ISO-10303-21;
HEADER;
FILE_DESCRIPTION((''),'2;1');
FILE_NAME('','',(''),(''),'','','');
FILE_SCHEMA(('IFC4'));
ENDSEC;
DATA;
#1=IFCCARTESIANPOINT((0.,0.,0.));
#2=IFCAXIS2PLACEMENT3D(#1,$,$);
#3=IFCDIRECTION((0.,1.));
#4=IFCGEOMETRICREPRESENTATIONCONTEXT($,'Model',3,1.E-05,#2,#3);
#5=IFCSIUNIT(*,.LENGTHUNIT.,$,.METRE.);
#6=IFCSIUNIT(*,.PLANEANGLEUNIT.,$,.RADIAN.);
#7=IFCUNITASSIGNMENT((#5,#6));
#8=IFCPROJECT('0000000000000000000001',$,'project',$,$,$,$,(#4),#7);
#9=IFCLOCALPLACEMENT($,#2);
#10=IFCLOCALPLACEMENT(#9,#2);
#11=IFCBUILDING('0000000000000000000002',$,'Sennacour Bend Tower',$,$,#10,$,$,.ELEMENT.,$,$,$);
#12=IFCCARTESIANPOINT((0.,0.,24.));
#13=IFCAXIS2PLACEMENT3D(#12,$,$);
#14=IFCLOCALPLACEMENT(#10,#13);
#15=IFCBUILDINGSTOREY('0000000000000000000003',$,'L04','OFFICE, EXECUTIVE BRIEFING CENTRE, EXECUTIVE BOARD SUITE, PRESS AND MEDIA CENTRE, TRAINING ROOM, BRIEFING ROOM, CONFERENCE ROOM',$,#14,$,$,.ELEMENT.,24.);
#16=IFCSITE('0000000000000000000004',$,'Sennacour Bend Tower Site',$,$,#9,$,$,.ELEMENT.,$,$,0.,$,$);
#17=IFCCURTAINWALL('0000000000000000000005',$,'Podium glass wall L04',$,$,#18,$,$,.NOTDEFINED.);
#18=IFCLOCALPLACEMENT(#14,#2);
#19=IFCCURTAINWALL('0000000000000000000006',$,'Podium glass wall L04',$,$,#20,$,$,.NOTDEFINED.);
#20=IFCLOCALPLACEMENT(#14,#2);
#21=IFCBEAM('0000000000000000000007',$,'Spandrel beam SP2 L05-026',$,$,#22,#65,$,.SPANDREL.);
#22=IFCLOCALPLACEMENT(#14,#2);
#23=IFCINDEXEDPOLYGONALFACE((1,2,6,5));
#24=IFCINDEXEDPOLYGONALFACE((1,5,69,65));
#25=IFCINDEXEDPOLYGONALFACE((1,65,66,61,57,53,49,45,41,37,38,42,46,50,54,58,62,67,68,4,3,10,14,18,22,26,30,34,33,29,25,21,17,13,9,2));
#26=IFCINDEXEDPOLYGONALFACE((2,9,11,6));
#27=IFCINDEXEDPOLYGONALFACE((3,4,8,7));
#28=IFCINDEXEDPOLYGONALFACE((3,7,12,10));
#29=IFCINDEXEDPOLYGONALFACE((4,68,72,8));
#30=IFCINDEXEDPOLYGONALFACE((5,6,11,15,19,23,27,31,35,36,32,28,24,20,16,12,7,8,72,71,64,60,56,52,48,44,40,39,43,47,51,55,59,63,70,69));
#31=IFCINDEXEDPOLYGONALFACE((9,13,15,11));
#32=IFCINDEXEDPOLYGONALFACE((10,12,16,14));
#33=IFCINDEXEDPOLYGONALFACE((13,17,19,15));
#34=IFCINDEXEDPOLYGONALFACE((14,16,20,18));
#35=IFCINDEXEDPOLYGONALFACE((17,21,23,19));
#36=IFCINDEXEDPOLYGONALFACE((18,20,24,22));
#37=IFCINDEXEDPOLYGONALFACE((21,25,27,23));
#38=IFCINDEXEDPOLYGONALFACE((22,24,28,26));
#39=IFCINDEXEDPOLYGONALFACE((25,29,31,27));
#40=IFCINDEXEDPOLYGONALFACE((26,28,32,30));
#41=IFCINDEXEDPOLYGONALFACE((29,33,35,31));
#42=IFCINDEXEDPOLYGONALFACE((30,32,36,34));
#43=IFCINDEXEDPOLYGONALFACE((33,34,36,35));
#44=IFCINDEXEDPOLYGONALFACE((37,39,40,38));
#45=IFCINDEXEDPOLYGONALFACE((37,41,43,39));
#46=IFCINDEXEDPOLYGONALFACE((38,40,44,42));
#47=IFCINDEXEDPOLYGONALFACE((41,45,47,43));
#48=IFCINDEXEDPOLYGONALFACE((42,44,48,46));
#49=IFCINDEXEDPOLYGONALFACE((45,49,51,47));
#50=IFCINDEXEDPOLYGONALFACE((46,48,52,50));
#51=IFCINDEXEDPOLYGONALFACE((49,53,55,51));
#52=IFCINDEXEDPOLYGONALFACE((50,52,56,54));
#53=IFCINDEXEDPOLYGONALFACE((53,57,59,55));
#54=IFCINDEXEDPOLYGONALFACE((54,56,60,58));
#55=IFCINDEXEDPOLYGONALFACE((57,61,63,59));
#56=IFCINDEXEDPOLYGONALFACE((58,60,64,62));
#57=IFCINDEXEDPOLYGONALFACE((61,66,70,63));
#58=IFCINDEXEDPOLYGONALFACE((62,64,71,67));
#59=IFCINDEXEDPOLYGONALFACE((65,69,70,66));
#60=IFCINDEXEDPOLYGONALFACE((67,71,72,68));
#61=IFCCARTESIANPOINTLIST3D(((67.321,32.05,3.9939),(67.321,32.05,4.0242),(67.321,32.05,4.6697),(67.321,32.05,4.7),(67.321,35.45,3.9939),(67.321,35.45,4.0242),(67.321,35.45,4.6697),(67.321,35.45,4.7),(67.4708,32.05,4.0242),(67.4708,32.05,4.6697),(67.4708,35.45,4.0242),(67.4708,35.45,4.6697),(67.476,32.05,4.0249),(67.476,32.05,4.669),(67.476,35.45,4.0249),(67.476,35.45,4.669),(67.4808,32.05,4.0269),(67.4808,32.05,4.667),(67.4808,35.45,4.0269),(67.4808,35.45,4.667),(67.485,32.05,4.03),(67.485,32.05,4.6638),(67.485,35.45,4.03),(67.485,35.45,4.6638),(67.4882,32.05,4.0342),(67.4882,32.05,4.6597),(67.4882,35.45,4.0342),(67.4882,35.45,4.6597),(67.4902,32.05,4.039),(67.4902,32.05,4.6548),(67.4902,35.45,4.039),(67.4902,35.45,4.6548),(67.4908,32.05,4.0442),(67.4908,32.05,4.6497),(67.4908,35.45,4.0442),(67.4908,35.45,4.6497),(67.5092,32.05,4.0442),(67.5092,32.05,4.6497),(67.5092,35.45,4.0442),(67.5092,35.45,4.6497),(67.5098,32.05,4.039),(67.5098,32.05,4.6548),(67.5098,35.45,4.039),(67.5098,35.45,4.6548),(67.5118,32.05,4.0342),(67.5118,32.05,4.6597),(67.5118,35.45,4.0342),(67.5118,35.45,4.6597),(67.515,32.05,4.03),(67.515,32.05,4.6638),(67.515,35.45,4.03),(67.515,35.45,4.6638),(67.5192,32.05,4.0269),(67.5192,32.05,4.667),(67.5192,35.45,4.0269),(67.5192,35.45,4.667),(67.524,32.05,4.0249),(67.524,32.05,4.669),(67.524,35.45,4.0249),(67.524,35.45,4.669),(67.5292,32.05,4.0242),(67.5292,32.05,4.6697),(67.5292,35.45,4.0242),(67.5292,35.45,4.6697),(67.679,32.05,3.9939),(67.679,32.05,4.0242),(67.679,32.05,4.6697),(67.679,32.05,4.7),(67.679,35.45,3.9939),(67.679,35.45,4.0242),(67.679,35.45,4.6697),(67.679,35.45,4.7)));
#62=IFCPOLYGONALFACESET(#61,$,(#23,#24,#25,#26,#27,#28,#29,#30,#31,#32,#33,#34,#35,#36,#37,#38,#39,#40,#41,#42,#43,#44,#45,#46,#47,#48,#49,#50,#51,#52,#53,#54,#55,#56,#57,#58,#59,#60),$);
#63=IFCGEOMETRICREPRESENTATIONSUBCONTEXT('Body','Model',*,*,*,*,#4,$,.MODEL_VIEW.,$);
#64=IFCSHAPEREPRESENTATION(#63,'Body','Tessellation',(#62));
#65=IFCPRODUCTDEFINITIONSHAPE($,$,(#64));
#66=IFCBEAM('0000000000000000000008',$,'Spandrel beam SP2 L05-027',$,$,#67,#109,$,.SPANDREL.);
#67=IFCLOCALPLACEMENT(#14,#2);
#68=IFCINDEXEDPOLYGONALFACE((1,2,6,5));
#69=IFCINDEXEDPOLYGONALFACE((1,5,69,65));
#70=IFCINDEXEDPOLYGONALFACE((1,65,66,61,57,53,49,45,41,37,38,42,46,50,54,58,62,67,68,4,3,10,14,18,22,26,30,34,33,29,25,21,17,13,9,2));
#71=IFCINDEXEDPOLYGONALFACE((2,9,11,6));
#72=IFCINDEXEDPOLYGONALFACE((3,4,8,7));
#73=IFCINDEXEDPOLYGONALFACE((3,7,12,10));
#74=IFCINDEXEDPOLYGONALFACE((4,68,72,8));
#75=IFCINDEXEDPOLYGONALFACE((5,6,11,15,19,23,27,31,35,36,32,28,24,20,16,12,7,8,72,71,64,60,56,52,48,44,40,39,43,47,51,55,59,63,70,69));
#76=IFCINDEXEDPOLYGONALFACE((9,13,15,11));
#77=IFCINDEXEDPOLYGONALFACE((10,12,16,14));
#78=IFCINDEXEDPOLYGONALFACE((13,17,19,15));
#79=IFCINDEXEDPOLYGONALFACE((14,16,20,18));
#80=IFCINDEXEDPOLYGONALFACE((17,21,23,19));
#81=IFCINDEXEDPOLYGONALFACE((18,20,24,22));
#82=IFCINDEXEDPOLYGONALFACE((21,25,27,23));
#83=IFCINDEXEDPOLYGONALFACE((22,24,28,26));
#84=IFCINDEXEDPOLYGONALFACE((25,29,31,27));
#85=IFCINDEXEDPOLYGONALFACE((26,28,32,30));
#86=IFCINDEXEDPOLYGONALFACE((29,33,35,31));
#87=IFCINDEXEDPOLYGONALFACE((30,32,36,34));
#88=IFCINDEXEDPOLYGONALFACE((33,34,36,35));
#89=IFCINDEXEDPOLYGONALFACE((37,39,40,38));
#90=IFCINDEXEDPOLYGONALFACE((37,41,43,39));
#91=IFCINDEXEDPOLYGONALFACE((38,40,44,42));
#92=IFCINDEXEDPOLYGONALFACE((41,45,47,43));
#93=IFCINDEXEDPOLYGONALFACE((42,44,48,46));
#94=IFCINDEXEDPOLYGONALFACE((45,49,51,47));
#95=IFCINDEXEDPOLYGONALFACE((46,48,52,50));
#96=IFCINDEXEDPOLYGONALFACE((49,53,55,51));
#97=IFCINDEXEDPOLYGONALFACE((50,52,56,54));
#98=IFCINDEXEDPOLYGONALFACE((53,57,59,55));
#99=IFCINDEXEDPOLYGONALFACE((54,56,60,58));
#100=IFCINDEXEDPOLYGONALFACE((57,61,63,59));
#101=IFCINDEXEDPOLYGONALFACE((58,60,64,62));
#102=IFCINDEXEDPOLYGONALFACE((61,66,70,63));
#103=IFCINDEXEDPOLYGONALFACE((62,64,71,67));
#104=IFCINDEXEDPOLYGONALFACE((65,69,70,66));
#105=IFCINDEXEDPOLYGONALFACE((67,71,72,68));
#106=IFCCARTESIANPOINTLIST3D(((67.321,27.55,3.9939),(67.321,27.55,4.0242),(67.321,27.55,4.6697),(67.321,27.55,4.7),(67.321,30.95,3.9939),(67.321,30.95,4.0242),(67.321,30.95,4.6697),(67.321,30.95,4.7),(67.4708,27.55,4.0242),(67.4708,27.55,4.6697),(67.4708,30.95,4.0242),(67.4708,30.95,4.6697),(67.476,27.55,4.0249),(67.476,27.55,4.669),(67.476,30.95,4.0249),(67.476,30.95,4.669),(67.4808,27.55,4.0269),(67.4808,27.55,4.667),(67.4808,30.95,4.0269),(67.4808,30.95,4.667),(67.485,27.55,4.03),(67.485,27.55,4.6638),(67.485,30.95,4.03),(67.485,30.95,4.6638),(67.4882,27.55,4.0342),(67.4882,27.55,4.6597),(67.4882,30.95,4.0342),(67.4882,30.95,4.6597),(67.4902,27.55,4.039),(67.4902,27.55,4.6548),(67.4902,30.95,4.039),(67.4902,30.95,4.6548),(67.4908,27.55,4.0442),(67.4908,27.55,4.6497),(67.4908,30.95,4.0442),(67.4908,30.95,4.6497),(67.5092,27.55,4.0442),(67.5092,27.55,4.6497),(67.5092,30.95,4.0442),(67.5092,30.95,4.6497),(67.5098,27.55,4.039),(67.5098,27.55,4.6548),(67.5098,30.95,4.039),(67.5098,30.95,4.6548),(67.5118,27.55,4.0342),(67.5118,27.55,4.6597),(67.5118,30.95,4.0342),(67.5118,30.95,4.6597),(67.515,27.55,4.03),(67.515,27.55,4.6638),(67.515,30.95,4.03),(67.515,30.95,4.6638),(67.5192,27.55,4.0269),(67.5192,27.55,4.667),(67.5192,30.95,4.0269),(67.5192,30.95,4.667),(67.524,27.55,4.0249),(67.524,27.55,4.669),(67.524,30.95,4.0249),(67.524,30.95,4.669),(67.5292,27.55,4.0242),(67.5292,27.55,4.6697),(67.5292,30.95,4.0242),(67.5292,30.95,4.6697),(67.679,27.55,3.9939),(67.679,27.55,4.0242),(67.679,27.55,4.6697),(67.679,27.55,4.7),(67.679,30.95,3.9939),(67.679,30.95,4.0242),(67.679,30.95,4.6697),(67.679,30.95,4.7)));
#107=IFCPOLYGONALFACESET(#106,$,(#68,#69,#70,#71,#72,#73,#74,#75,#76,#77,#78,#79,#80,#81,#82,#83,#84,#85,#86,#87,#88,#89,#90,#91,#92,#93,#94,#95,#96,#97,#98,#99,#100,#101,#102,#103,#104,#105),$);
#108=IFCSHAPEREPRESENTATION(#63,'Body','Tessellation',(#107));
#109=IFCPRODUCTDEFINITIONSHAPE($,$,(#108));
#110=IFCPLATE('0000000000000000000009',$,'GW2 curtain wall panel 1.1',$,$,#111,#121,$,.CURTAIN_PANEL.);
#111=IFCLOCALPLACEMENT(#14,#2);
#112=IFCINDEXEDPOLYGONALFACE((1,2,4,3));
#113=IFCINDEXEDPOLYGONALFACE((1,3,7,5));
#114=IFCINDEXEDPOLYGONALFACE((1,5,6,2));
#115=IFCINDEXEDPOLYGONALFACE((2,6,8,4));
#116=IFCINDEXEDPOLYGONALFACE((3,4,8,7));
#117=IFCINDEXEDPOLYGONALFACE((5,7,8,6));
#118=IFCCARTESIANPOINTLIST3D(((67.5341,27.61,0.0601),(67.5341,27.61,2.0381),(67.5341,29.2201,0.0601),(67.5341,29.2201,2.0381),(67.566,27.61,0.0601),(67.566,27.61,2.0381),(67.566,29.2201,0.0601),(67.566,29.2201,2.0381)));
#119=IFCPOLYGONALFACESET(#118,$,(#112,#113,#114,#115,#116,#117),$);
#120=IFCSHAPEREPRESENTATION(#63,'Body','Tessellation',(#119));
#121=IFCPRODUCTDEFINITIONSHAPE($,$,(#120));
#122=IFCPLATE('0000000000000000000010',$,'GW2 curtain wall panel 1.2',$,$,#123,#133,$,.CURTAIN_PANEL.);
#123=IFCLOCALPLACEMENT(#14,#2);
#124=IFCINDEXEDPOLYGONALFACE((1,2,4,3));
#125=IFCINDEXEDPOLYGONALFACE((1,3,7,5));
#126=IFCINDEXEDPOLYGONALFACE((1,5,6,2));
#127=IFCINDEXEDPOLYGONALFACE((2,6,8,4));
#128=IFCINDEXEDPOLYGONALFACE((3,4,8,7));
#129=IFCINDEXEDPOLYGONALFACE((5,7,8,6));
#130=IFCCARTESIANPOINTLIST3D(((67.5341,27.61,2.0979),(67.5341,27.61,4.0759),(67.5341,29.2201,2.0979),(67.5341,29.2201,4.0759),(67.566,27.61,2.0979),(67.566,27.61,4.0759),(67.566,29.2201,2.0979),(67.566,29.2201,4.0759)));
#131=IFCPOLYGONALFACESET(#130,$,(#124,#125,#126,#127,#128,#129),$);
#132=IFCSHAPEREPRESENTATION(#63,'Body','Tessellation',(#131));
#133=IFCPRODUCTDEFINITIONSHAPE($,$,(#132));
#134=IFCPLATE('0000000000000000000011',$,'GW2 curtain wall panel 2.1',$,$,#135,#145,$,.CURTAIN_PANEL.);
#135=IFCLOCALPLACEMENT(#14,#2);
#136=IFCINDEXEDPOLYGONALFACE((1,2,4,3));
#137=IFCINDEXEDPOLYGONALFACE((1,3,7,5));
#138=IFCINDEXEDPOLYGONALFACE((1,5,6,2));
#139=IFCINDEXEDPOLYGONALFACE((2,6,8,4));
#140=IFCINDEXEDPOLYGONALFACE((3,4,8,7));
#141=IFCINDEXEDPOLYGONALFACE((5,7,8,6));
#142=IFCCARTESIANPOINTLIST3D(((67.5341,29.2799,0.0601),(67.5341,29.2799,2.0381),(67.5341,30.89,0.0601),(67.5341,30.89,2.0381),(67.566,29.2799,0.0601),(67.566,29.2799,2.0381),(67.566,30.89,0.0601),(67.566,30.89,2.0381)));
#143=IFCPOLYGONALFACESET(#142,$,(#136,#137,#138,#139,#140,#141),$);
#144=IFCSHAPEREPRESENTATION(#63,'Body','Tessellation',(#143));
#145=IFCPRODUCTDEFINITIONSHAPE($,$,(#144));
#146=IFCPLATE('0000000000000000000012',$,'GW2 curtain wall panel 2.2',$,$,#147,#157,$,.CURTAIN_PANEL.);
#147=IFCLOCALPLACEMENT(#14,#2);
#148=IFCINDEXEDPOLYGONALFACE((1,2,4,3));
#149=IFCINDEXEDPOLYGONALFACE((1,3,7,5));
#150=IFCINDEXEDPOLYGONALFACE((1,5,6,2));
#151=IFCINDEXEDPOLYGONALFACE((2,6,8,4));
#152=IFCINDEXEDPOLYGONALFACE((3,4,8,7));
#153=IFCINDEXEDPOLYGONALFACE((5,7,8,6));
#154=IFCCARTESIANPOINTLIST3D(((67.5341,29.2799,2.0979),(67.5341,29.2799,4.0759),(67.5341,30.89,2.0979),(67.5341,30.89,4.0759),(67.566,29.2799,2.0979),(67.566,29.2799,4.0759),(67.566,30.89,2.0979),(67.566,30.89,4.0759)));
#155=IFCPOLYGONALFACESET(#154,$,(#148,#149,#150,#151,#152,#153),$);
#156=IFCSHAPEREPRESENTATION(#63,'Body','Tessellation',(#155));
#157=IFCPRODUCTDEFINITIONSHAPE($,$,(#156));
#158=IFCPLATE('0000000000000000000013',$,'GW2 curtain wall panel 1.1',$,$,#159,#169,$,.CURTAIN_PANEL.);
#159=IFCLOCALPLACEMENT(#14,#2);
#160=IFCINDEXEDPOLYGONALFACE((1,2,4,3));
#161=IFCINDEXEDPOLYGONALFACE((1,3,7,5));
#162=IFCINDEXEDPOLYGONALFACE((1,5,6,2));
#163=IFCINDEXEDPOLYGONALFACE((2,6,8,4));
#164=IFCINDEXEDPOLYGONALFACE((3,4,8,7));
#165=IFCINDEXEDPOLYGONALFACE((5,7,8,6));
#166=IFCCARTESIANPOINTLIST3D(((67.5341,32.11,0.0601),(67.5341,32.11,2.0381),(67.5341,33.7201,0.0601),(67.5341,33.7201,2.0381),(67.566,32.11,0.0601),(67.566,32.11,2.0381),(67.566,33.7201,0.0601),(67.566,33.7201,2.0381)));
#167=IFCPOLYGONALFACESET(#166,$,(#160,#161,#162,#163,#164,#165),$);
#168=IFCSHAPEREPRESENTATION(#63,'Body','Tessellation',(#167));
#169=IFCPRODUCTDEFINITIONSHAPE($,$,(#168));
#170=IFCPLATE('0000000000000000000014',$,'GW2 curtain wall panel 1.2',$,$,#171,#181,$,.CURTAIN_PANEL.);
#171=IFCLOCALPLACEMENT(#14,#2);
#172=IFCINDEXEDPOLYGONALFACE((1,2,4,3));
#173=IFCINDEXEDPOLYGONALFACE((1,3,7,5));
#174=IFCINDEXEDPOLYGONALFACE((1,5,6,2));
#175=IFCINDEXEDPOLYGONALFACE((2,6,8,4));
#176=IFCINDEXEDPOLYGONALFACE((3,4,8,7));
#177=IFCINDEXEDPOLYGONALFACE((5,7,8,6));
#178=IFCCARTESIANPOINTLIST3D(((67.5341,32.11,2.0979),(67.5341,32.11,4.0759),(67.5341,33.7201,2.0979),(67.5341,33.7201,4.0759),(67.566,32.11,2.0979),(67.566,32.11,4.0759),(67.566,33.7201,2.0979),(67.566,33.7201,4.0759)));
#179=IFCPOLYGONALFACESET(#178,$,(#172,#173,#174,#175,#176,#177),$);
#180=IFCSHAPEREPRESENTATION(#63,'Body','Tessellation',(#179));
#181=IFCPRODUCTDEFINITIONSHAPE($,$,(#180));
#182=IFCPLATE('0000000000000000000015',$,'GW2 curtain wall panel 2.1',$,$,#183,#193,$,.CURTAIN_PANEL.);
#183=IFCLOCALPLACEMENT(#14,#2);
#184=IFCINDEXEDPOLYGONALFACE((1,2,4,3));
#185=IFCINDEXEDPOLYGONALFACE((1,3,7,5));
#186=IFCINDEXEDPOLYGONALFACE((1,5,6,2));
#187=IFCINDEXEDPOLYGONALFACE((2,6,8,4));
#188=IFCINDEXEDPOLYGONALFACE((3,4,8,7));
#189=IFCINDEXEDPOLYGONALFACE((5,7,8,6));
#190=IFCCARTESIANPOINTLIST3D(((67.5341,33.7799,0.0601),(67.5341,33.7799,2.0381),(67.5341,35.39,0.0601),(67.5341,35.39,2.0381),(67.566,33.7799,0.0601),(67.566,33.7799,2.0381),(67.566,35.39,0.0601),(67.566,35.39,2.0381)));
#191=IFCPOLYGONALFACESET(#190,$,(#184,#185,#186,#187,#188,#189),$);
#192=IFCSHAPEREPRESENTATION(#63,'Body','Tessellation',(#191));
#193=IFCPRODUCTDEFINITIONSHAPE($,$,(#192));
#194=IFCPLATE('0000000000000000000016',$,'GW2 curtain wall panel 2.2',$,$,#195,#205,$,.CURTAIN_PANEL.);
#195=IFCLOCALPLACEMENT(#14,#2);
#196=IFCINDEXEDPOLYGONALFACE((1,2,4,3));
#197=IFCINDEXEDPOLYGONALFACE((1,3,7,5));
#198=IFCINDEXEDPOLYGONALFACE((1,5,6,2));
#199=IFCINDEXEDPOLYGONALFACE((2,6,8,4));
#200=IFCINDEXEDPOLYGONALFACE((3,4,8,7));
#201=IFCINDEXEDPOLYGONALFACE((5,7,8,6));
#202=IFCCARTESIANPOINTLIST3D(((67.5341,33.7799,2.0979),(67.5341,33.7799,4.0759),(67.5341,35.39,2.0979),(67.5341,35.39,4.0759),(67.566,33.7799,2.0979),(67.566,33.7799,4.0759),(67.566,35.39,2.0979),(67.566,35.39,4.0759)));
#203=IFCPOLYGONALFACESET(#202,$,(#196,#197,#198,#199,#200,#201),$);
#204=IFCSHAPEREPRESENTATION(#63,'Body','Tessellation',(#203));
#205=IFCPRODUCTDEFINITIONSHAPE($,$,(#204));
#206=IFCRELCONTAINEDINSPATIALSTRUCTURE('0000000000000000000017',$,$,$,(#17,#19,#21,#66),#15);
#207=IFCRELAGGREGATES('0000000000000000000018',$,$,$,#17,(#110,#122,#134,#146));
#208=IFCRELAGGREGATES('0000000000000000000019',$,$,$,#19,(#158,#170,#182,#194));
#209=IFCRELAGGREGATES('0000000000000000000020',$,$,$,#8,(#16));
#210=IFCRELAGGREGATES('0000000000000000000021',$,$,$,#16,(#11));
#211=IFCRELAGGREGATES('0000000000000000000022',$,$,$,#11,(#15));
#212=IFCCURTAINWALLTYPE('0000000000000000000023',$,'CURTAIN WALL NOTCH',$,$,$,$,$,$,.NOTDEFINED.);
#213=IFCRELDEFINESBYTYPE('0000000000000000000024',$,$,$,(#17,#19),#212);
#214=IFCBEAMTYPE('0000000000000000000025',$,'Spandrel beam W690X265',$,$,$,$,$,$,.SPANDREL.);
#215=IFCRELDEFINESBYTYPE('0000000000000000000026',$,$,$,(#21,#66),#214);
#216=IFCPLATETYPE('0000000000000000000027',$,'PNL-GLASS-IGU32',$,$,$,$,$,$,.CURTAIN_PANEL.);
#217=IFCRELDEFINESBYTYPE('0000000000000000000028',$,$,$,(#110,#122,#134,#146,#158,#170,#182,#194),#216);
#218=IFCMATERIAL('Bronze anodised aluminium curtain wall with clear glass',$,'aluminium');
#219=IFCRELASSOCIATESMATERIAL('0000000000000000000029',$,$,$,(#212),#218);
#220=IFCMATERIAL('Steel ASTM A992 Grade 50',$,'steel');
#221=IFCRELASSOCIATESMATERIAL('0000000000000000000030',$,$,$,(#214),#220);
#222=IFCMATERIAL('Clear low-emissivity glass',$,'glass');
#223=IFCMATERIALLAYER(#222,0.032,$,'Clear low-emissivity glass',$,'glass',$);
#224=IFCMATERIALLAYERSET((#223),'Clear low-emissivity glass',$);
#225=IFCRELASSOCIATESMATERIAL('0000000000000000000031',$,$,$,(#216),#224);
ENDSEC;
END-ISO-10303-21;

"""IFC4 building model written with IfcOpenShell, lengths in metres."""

from ifc_helpers import new_model, si_unit, direction, frame, origin, origin_2d, place, context, subcontext, project, spatial, rectangle, i_section, extrude, material, layer, layer_set, material_profile, profile_set, type_object, element, aggregate, save


model = new_model("IFC4")

# Units and contexts
model_context = context("Model", 3, precision=1e-05, world=origin(), true_north=direction((0.0, 1.0)))
body_context = subcontext(model_context, "Body", "Model", "MODEL_VIEW")
ifc_project = project(units=[si_unit("LENGTHUNIT", "METRE"), si_unit("PLANEANGLEUNIT", "RADIAN")], contexts=[model_context])

# Site, building, storey
site_placement = place(None, origin())
site = spatial("IfcSite", under=ifc_project, at=site_placement, Name="Sennacour Bend Tower Site", CompositionType="ELEMENT", RefElevation=0.0)
building_placement = place(site_placement, origin())
building = spatial("IfcBuilding", under=site, at=building_placement, Name="Sennacour Bend Tower", CompositionType="ELEMENT")
storey_placement = place(building_placement, frame((0.0, 0.0, 24.0)))
storey = spatial("IfcBuildingStorey", under=building, at=storey_placement, Name="L04", Description="OFFICE, EXECUTIVE BRIEFING CENTRE, EXECUTIVE BOARD SUITE, PRESS AND MEDIA CENTRE, TRAINING ROOM, BRIEFING ROOM, CONFERENCE ROOM", CompositionType="ELEMENT", Elevation=24.0)

# Curtain walls
ifc_material_1 = material(Name="Bronze anodised aluminium curtain wall with clear glass", Category="aluminium")
curtain_wall_type = type_object("IfcCurtainWallType", Name="CURTAIN WALL NOTCH", PredefinedType="NOTDEFINED", material=ifc_material_1)
curtain_wall_1_placement = place(storey_placement, origin())
curtain_wall_1 = element("IfcCurtainWall", 1, at=curtain_wall_1_placement, inside=storey, type_object=curtain_wall_type, Name="Podium glass wall L04", PredefinedType="NOTDEFINED")
curtain_wall_2_placement = place(storey_placement, origin())
curtain_wall_2 = element("IfcCurtainWall", 2, at=curtain_wall_2_placement, inside=storey, type_object=curtain_wall_type, Name="Podium glass wall L04", PredefinedType="NOTDEFINED")

# Beams
ifc_material_2 = material(Name="Steel ASTM A992 Grade 50", Category="steel")
ifc_material_profile_1 = material_profile(ifc_material_2, i_section(OverallWidth=0.3579, OverallDepth=0.7061, WebThickness=0.0183, FlangeThickness=0.0303, FilletRadius=0.02, at=origin_2d()), Name="Steel ASTM A992 Grade 50", Category="steel")
ifc_profile_set_1 = profile_set([ifc_material_profile_1], Name="Steel ASTM A992 Grade 50")
beam_type = type_object("IfcBeamType", Name="Spandrel beam W690X265", PredefinedType="SPANDREL", material=ifc_profile_set_1)
for number, where, z_axis, x_axis, name in (
    (3, (67.5, 35.45, 4.3469), (0.0, -1.0, 0.0), (1.0, 0.0, 0.0), "Spandrel beam SP2 L05-026"),
    (4, (67.5, 30.95, 4.3469), (0.0, -1.0, 0.0), (1.0, 0.0, 0.0), "Spandrel beam SP2 L05-027"),
):
    element("IfcBeam", number, at=place(storey_placement, frame(where, z_axis=z_axis, x_axis=x_axis)), inside=storey, type_object=beam_type, Name=name, PredefinedType="SPANDREL", context=body_context, shape_type="SweptSolid", body=[
        extrude(i_section(OverallWidth=0.3579, OverallDepth=0.7061, WebThickness=0.0183, FlangeThickness=0.0303, FilletRadius=0.02, at=origin_2d()), origin(), (0.0, 0.0, 1.0), 3.3999),
    ])

# Plates
ifc_material_3 = material(Name="Clear low-emissivity glass", Category="glass")
ifc_layer = layer(ifc_material_3, 0.032, Name="Clear low-emissivity glass", Category="glass")
ifc_layer_set = layer_set([ifc_layer], Name="Clear low-emissivity glass")
plate_type = type_object("IfcPlateType", Name="PNL-GLASS-IGU32", PredefinedType="CURTAIN_PANEL", material=ifc_layer_set)
plate_1_placement = place(storey_placement, frame((67.55, 28.415, 0.0601), z_axis=(0.0, 0.0, 1.0), x_axis=(0.0, 1.0, 0.0)))
plate_1 = element("IfcPlate", 5, at=plate_1_placement, type_object=plate_type, Name="GW2 curtain wall panel 1.1", PredefinedType="CURTAIN_PANEL", context=body_context, shape_type="SweptSolid", body=[
    extrude(rectangle(XDim=1.6101, YDim=0.032, at=origin_2d()), origin(), (0.0, 0.0, 1.0), 1.978),
])
plate_2_placement = place(storey_placement, frame((67.55, 28.415, 2.0979), z_axis=(0.0, 0.0, 1.0), x_axis=(0.0, 1.0, 0.0)))
plate_2 = element("IfcPlate", 6, at=plate_2_placement, type_object=plate_type, Name="GW2 curtain wall panel 1.2", PredefinedType="CURTAIN_PANEL", context=body_context, shape_type="SweptSolid", body=[
    extrude(rectangle(XDim=1.6101, YDim=0.032, at=origin_2d()), origin(), (0.0, 0.0, 1.0), 1.978),
])
plate_3_placement = place(storey_placement, frame((67.55, 30.085, 0.0601), z_axis=(0.0, 0.0, 1.0), x_axis=(0.0, 1.0, 0.0)))
plate_3 = element("IfcPlate", 7, at=plate_3_placement, type_object=plate_type, Name="GW2 curtain wall panel 2.1", PredefinedType="CURTAIN_PANEL", context=body_context, shape_type="SweptSolid", body=[
    extrude(rectangle(XDim=1.6101, YDim=0.032, at=origin_2d()), origin(), (0.0, 0.0, 1.0), 1.978),
])
plate_4_placement = place(storey_placement, frame((67.55, 30.085, 2.0979), z_axis=(0.0, 0.0, 1.0), x_axis=(0.0, 1.0, 0.0)))
plate_4 = element("IfcPlate", 8, at=plate_4_placement, type_object=plate_type, Name="GW2 curtain wall panel 2.2", PredefinedType="CURTAIN_PANEL", context=body_context, shape_type="SweptSolid", body=[
    extrude(rectangle(XDim=1.6101, YDim=0.032, at=origin_2d()), origin(), (0.0, 0.0, 1.0), 1.978),
])
aggregate(curtain_wall_1, [plate_1, plate_2, plate_3, plate_4])
plate_5_placement = place(storey_placement, frame((67.55, 32.915, 0.0601), z_axis=(0.0, 0.0, 1.0), x_axis=(0.0, 1.0, 0.0)))
plate_5 = element("IfcPlate", 9, at=plate_5_placement, type_object=plate_type, Name="GW2 curtain wall panel 1.1", PredefinedType="CURTAIN_PANEL", context=body_context, shape_type="SweptSolid", body=[
    extrude(rectangle(XDim=1.6101, YDim=0.032, at=origin_2d()), origin(), (0.0, 0.0, 1.0), 1.978),
])
plate_6_placement = place(storey_placement, frame((67.55, 32.915, 2.0979), z_axis=(0.0, 0.0, 1.0), x_axis=(0.0, 1.0, 0.0)))
plate_6 = element("IfcPlate", 10, at=plate_6_placement, type_object=plate_type, Name="GW2 curtain wall panel 1.2", PredefinedType="CURTAIN_PANEL", context=body_context, shape_type="SweptSolid", body=[
    extrude(rectangle(XDim=1.6101, YDim=0.032, at=origin_2d()), origin(), (0.0, 0.0, 1.0), 1.978),
])
plate_7_placement = place(storey_placement, frame((67.55, 34.585, 0.0601), z_axis=(0.0, 0.0, 1.0), x_axis=(0.0, 1.0, 0.0)))
plate_7 = element("IfcPlate", 11, at=plate_7_placement, type_object=plate_type, Name="GW2 curtain wall panel 2.1", PredefinedType="CURTAIN_PANEL", context=body_context, shape_type="SweptSolid", body=[
    extrude(rectangle(XDim=1.6101, YDim=0.032, at=origin_2d()), origin(), (0.0, 0.0, 1.0), 1.978),
])
plate_8_placement = place(storey_placement, frame((67.55, 34.585, 2.0979), z_axis=(0.0, 0.0, 1.0), x_axis=(0.0, 1.0, 0.0)))
plate_8 = element("IfcPlate", 12, at=plate_8_placement, type_object=plate_type, Name="GW2 curtain wall panel 2.2", PredefinedType="CURTAIN_PANEL", context=body_context, shape_type="SweptSolid", body=[
    extrude(rectangle(XDim=1.6101, YDim=0.032, at=origin_2d()), origin(), (0.0, 0.0, 1.0), 1.978),
])
aggregate(curtain_wall_2, [plate_5, plate_6, plate_7, plate_8])

save(model, "model.ifc")
